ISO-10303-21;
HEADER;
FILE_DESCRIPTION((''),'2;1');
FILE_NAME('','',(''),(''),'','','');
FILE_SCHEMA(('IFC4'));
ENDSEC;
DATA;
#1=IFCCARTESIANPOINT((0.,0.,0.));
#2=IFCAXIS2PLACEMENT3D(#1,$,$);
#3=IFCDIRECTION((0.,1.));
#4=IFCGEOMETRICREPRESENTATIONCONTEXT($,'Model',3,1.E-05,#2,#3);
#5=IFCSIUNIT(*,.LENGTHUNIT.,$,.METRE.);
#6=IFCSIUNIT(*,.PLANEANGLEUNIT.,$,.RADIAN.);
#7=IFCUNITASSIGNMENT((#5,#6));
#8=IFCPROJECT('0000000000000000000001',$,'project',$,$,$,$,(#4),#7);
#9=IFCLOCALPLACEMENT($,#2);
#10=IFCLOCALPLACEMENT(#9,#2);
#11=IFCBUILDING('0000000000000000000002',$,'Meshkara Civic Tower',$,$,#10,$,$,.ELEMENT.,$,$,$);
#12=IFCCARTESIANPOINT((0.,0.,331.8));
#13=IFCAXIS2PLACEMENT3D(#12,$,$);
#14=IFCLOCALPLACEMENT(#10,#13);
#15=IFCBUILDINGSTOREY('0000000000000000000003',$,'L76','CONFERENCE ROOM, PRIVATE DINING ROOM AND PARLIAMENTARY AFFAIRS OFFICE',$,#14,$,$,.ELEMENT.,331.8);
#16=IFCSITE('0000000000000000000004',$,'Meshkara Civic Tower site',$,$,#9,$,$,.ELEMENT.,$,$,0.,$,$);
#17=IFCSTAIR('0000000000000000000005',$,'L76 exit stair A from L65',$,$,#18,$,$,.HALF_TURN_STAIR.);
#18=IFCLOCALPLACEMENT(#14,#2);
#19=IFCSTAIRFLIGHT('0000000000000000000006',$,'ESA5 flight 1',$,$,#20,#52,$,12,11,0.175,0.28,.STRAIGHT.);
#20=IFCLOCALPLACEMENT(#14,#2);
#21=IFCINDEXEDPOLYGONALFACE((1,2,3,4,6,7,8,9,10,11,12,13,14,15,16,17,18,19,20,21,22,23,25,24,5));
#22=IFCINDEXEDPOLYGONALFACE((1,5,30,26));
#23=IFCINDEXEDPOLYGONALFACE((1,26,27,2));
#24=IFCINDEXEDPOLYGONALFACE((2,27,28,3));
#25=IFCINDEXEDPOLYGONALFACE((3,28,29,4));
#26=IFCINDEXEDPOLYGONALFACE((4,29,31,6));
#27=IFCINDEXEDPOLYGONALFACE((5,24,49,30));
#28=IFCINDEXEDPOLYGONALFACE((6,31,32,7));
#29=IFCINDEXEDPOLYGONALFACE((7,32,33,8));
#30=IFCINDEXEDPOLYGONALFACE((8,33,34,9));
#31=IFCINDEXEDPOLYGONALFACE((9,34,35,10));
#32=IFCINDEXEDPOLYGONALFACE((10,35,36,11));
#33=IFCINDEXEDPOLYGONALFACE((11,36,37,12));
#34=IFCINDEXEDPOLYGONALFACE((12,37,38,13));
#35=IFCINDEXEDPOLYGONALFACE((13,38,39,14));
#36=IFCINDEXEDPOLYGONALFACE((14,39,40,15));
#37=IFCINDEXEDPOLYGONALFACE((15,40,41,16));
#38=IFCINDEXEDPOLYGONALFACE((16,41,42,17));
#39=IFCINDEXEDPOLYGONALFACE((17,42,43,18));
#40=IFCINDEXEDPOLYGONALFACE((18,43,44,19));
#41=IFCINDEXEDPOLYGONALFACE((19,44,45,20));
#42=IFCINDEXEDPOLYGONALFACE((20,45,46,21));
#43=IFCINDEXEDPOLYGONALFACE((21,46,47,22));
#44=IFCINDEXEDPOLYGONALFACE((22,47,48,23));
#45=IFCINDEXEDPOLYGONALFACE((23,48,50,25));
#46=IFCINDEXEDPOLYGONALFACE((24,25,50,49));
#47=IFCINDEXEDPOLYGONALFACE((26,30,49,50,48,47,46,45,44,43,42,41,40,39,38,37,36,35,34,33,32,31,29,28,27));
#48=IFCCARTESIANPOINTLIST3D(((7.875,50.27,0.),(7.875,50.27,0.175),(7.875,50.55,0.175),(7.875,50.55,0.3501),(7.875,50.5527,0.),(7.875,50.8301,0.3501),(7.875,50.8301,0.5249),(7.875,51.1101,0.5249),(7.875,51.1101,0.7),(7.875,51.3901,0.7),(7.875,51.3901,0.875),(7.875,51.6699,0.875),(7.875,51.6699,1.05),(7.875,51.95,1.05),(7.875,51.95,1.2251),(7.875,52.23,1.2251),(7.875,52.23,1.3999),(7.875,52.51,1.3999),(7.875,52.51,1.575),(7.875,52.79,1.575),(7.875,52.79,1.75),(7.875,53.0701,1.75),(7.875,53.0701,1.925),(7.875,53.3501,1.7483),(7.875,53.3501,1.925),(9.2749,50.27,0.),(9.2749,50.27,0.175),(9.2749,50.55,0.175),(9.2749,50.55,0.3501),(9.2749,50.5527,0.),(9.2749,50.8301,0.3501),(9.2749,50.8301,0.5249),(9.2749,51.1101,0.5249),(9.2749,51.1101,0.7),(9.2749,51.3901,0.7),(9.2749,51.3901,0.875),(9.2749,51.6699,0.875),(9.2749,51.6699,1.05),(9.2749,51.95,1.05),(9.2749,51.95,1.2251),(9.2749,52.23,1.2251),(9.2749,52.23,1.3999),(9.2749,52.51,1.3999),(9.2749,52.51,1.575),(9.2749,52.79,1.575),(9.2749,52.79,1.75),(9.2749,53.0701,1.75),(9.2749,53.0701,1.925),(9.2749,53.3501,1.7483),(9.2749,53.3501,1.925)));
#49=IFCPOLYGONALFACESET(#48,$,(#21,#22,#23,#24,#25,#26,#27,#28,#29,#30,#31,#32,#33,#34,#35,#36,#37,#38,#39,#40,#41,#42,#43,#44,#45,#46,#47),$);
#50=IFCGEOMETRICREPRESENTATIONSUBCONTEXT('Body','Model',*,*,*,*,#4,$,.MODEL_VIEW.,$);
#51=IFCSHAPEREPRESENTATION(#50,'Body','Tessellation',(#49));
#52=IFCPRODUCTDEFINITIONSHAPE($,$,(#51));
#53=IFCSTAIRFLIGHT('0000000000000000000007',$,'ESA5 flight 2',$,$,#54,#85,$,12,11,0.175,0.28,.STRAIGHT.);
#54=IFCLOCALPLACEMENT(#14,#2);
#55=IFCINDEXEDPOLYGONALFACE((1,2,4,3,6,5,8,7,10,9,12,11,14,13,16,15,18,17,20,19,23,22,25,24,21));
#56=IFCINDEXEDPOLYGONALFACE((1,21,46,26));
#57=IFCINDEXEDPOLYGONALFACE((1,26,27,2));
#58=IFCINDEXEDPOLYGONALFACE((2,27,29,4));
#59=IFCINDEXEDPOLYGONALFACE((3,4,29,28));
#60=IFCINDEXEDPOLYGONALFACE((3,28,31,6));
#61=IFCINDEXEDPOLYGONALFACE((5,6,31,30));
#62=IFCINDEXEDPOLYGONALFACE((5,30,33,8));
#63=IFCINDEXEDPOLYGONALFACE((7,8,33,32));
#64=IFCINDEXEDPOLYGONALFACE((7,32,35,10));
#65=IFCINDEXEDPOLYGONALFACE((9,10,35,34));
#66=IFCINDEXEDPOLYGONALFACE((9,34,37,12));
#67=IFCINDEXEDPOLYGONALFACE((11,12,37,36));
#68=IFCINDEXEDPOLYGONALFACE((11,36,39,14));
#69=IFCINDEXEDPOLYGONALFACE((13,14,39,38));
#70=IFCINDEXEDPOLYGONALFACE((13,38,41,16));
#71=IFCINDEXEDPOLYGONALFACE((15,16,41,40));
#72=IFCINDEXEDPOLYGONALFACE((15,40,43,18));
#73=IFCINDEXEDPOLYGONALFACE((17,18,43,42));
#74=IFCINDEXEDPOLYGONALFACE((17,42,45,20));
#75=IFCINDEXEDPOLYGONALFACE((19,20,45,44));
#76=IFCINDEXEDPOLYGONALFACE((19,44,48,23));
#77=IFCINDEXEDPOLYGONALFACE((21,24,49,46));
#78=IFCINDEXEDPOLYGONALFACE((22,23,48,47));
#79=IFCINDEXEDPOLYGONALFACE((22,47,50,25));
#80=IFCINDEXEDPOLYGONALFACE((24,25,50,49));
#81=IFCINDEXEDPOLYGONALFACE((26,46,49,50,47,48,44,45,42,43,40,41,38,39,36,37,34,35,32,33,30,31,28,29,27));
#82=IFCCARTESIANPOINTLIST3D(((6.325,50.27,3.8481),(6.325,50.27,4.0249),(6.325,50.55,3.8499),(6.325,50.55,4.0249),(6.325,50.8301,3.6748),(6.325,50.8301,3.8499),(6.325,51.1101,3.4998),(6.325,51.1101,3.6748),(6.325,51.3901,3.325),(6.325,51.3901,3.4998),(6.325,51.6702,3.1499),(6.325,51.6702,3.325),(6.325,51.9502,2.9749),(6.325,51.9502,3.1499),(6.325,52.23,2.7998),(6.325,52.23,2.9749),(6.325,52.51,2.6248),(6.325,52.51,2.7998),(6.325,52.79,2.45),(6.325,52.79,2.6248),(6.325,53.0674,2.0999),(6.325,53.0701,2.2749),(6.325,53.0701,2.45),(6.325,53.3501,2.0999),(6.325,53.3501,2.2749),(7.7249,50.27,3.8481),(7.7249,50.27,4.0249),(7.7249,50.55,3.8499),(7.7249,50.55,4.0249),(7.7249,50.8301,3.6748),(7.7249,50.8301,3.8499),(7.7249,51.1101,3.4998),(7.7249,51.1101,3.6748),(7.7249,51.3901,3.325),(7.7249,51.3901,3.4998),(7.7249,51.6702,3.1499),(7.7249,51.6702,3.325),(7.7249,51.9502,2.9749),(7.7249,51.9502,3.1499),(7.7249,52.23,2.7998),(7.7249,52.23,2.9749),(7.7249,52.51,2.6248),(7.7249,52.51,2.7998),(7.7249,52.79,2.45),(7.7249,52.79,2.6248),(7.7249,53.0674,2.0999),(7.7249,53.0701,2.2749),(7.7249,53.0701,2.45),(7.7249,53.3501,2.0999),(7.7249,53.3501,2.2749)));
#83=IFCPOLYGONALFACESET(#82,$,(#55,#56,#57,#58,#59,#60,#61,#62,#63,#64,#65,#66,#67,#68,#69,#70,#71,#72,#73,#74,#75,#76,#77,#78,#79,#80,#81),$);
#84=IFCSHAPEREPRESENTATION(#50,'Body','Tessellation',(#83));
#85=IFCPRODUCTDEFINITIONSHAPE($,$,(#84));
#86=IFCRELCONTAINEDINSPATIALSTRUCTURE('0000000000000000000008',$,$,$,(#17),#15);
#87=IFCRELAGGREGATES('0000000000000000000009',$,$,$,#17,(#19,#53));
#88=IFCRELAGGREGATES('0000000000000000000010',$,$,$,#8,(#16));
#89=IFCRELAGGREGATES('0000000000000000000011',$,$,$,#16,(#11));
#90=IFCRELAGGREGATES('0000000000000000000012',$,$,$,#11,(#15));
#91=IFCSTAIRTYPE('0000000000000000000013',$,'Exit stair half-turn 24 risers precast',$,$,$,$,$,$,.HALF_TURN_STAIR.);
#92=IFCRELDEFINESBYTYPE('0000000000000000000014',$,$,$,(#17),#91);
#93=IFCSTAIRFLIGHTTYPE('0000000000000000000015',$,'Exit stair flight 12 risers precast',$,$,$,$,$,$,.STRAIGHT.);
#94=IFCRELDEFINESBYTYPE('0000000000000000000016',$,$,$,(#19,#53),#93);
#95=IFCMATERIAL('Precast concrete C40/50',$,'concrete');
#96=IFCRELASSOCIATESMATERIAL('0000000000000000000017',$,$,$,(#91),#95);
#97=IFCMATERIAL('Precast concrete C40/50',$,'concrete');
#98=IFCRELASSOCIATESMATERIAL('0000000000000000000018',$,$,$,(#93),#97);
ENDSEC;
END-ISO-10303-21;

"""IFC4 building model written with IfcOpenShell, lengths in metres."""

from ifc_helpers import new_model, si_unit, direction, frame, origin, place, context, subcontext, project, spatial, polyline, outline, extrude, material, type_object, element, aggregate, save


model = new_model("IFC4")

# Units and contexts
model_context = context("Model", 3, precision=1e-05, world=origin(), true_north=direction((0.0, 1.0)))
body_context = subcontext(model_context, "Body", "Model", "MODEL_VIEW")
ifc_project = project(units=[si_unit("LENGTHUNIT", "METRE"), si_unit("PLANEANGLEUNIT", "RADIAN")], contexts=[model_context])

# Site, building, storey
site_placement = place(None, origin())
site = spatial("IfcSite", under=ifc_project, at=site_placement, Name="Meshkara Civic Tower site", CompositionType="ELEMENT", RefElevation=0.0)
building_placement = place(site_placement, origin())
building = spatial("IfcBuilding", under=site, at=building_placement, Name="Meshkara Civic Tower", CompositionType="ELEMENT")
storey_placement = place(building_placement, frame((0.0, 0.0, 331.8)))
storey = spatial("IfcBuildingStorey", under=building, at=storey_placement, Name="L76", Description="CONFERENCE ROOM, PRIVATE DINING ROOM AND PARLIAMENTARY AFFAIRS OFFICE", CompositionType="ELEMENT", Elevation=331.8)

# Stair, stair flights
ifc_material_1 = material(Name="Precast concrete C40/50", Category="concrete")
stair_type = type_object("IfcStairType", Name="Exit stair half-turn 24 risers precast", PredefinedType="HALF_TURN_STAIR", material=ifc_material_1)
stair_placement = place(storey_placement, origin())
stair = element("IfcStair", 1, at=stair_placement, inside=storey, type_object=stair_type, Name="L76 exit stair A from L65", PredefinedType="HALF_TURN_STAIR")
ifc_material_2 = material(Name="Precast concrete C40/50", Category="concrete")
stair_flight_type = type_object("IfcStairFlightType", Name="Exit stair flight 12 risers precast", PredefinedType="STRAIGHT", material=ifc_material_2)
stair_flight_1_placement = place(storey_placement, frame((8.575, 50.27, 0.0), z_axis=(0.0, 0.0, 1.0), x_axis=(0.0, 1.0, 0.0)))
stair_flight_1 = element("IfcStairFlight", 2, at=stair_flight_1_placement, type_object=stair_flight_type, Name="ESA5 flight 1", NumberOfRisers=12, NumberOfTreads=11, PredefinedType="STRAIGHT", RiserHeight=0.175, TreadLength=0.28, context=body_context, shape_type="SweptSolid", body=[
    extrude(outline(polyline([(0.0, 0.0), (0.0, 0.175), (0.28, 0.175), (0.28, 0.3501), (0.5601, 0.3501), (0.5601, 0.5249), (0.8401, 0.5249), (0.8401, 0.7), (1.1201, 0.7), (1.1201, 0.875), (1.3999, 0.875), (1.3999, 1.05), (1.6799, 1.05), (1.6799, 1.2251), (1.96, 1.2251), (1.96, 1.3999), (2.24, 1.3999), (2.24, 1.575), (2.52, 1.575), (2.52, 1.75), (2.8, 1.75), (2.8, 1.925), (3.0801, 1.925), (3.0801, 2.1001), (3.0801, 1.7483), (0.2827, 0.0), (0.0, 0.0)])), frame((0.0, 0.7, 0.0), z_axis=(0.0, -1.0, 0.0), x_axis=(1.0, 0.0, 0.0)), (0.0, 0.0, 1.0), 1.3999),
])
stair_flight_2_placement = place(storey_placement, frame((7.0249, 53.3501, 2.0999), z_axis=(0.0, 0.0, 1.0), x_axis=(0.0, -1.0, 0.0)))
stair_flight_2 = element("IfcStairFlight", 3, at=stair_flight_2_placement, type_object=stair_flight_type, Name="ESA5 flight 2", NumberOfRisers=12, NumberOfTreads=11, PredefinedType="STRAIGHT", RiserHeight=0.175, TreadLength=0.28, context=body_context, shape_type="SweptSolid", body=[
    extrude(outline(polyline([(0.0, 0.0), (0.0, 0.175), (0.28, 0.175), (0.28, 0.3501), (0.5601, 0.3501), (0.5601, 0.5249), (0.8401, 0.5249), (0.8401, 0.7), (1.1201, 0.7), (1.1201, 0.875), (1.3999, 0.875), (1.3999, 1.05), (1.6799, 1.05), (1.6799, 1.2251), (1.96, 1.2251), (1.96, 1.3999), (2.24, 1.3999), (2.24, 1.575), (2.52, 1.575), (2.52, 1.75), (2.8, 1.75), (2.8, 1.925), (3.0801, 1.925), (3.0801, 2.1001), (3.0801, 1.7483), (0.2827, 0.0), (0.0, 0.0)])), frame((0.0, 0.7, 0.0), z_axis=(0.0, -1.0, 0.0), x_axis=(1.0, 0.0, 0.0)), (0.0, 0.0, 1.0), 1.3999),
])
aggregate(stair, [stair_flight_1, stair_flight_2])

save(model, "model.ifc")
